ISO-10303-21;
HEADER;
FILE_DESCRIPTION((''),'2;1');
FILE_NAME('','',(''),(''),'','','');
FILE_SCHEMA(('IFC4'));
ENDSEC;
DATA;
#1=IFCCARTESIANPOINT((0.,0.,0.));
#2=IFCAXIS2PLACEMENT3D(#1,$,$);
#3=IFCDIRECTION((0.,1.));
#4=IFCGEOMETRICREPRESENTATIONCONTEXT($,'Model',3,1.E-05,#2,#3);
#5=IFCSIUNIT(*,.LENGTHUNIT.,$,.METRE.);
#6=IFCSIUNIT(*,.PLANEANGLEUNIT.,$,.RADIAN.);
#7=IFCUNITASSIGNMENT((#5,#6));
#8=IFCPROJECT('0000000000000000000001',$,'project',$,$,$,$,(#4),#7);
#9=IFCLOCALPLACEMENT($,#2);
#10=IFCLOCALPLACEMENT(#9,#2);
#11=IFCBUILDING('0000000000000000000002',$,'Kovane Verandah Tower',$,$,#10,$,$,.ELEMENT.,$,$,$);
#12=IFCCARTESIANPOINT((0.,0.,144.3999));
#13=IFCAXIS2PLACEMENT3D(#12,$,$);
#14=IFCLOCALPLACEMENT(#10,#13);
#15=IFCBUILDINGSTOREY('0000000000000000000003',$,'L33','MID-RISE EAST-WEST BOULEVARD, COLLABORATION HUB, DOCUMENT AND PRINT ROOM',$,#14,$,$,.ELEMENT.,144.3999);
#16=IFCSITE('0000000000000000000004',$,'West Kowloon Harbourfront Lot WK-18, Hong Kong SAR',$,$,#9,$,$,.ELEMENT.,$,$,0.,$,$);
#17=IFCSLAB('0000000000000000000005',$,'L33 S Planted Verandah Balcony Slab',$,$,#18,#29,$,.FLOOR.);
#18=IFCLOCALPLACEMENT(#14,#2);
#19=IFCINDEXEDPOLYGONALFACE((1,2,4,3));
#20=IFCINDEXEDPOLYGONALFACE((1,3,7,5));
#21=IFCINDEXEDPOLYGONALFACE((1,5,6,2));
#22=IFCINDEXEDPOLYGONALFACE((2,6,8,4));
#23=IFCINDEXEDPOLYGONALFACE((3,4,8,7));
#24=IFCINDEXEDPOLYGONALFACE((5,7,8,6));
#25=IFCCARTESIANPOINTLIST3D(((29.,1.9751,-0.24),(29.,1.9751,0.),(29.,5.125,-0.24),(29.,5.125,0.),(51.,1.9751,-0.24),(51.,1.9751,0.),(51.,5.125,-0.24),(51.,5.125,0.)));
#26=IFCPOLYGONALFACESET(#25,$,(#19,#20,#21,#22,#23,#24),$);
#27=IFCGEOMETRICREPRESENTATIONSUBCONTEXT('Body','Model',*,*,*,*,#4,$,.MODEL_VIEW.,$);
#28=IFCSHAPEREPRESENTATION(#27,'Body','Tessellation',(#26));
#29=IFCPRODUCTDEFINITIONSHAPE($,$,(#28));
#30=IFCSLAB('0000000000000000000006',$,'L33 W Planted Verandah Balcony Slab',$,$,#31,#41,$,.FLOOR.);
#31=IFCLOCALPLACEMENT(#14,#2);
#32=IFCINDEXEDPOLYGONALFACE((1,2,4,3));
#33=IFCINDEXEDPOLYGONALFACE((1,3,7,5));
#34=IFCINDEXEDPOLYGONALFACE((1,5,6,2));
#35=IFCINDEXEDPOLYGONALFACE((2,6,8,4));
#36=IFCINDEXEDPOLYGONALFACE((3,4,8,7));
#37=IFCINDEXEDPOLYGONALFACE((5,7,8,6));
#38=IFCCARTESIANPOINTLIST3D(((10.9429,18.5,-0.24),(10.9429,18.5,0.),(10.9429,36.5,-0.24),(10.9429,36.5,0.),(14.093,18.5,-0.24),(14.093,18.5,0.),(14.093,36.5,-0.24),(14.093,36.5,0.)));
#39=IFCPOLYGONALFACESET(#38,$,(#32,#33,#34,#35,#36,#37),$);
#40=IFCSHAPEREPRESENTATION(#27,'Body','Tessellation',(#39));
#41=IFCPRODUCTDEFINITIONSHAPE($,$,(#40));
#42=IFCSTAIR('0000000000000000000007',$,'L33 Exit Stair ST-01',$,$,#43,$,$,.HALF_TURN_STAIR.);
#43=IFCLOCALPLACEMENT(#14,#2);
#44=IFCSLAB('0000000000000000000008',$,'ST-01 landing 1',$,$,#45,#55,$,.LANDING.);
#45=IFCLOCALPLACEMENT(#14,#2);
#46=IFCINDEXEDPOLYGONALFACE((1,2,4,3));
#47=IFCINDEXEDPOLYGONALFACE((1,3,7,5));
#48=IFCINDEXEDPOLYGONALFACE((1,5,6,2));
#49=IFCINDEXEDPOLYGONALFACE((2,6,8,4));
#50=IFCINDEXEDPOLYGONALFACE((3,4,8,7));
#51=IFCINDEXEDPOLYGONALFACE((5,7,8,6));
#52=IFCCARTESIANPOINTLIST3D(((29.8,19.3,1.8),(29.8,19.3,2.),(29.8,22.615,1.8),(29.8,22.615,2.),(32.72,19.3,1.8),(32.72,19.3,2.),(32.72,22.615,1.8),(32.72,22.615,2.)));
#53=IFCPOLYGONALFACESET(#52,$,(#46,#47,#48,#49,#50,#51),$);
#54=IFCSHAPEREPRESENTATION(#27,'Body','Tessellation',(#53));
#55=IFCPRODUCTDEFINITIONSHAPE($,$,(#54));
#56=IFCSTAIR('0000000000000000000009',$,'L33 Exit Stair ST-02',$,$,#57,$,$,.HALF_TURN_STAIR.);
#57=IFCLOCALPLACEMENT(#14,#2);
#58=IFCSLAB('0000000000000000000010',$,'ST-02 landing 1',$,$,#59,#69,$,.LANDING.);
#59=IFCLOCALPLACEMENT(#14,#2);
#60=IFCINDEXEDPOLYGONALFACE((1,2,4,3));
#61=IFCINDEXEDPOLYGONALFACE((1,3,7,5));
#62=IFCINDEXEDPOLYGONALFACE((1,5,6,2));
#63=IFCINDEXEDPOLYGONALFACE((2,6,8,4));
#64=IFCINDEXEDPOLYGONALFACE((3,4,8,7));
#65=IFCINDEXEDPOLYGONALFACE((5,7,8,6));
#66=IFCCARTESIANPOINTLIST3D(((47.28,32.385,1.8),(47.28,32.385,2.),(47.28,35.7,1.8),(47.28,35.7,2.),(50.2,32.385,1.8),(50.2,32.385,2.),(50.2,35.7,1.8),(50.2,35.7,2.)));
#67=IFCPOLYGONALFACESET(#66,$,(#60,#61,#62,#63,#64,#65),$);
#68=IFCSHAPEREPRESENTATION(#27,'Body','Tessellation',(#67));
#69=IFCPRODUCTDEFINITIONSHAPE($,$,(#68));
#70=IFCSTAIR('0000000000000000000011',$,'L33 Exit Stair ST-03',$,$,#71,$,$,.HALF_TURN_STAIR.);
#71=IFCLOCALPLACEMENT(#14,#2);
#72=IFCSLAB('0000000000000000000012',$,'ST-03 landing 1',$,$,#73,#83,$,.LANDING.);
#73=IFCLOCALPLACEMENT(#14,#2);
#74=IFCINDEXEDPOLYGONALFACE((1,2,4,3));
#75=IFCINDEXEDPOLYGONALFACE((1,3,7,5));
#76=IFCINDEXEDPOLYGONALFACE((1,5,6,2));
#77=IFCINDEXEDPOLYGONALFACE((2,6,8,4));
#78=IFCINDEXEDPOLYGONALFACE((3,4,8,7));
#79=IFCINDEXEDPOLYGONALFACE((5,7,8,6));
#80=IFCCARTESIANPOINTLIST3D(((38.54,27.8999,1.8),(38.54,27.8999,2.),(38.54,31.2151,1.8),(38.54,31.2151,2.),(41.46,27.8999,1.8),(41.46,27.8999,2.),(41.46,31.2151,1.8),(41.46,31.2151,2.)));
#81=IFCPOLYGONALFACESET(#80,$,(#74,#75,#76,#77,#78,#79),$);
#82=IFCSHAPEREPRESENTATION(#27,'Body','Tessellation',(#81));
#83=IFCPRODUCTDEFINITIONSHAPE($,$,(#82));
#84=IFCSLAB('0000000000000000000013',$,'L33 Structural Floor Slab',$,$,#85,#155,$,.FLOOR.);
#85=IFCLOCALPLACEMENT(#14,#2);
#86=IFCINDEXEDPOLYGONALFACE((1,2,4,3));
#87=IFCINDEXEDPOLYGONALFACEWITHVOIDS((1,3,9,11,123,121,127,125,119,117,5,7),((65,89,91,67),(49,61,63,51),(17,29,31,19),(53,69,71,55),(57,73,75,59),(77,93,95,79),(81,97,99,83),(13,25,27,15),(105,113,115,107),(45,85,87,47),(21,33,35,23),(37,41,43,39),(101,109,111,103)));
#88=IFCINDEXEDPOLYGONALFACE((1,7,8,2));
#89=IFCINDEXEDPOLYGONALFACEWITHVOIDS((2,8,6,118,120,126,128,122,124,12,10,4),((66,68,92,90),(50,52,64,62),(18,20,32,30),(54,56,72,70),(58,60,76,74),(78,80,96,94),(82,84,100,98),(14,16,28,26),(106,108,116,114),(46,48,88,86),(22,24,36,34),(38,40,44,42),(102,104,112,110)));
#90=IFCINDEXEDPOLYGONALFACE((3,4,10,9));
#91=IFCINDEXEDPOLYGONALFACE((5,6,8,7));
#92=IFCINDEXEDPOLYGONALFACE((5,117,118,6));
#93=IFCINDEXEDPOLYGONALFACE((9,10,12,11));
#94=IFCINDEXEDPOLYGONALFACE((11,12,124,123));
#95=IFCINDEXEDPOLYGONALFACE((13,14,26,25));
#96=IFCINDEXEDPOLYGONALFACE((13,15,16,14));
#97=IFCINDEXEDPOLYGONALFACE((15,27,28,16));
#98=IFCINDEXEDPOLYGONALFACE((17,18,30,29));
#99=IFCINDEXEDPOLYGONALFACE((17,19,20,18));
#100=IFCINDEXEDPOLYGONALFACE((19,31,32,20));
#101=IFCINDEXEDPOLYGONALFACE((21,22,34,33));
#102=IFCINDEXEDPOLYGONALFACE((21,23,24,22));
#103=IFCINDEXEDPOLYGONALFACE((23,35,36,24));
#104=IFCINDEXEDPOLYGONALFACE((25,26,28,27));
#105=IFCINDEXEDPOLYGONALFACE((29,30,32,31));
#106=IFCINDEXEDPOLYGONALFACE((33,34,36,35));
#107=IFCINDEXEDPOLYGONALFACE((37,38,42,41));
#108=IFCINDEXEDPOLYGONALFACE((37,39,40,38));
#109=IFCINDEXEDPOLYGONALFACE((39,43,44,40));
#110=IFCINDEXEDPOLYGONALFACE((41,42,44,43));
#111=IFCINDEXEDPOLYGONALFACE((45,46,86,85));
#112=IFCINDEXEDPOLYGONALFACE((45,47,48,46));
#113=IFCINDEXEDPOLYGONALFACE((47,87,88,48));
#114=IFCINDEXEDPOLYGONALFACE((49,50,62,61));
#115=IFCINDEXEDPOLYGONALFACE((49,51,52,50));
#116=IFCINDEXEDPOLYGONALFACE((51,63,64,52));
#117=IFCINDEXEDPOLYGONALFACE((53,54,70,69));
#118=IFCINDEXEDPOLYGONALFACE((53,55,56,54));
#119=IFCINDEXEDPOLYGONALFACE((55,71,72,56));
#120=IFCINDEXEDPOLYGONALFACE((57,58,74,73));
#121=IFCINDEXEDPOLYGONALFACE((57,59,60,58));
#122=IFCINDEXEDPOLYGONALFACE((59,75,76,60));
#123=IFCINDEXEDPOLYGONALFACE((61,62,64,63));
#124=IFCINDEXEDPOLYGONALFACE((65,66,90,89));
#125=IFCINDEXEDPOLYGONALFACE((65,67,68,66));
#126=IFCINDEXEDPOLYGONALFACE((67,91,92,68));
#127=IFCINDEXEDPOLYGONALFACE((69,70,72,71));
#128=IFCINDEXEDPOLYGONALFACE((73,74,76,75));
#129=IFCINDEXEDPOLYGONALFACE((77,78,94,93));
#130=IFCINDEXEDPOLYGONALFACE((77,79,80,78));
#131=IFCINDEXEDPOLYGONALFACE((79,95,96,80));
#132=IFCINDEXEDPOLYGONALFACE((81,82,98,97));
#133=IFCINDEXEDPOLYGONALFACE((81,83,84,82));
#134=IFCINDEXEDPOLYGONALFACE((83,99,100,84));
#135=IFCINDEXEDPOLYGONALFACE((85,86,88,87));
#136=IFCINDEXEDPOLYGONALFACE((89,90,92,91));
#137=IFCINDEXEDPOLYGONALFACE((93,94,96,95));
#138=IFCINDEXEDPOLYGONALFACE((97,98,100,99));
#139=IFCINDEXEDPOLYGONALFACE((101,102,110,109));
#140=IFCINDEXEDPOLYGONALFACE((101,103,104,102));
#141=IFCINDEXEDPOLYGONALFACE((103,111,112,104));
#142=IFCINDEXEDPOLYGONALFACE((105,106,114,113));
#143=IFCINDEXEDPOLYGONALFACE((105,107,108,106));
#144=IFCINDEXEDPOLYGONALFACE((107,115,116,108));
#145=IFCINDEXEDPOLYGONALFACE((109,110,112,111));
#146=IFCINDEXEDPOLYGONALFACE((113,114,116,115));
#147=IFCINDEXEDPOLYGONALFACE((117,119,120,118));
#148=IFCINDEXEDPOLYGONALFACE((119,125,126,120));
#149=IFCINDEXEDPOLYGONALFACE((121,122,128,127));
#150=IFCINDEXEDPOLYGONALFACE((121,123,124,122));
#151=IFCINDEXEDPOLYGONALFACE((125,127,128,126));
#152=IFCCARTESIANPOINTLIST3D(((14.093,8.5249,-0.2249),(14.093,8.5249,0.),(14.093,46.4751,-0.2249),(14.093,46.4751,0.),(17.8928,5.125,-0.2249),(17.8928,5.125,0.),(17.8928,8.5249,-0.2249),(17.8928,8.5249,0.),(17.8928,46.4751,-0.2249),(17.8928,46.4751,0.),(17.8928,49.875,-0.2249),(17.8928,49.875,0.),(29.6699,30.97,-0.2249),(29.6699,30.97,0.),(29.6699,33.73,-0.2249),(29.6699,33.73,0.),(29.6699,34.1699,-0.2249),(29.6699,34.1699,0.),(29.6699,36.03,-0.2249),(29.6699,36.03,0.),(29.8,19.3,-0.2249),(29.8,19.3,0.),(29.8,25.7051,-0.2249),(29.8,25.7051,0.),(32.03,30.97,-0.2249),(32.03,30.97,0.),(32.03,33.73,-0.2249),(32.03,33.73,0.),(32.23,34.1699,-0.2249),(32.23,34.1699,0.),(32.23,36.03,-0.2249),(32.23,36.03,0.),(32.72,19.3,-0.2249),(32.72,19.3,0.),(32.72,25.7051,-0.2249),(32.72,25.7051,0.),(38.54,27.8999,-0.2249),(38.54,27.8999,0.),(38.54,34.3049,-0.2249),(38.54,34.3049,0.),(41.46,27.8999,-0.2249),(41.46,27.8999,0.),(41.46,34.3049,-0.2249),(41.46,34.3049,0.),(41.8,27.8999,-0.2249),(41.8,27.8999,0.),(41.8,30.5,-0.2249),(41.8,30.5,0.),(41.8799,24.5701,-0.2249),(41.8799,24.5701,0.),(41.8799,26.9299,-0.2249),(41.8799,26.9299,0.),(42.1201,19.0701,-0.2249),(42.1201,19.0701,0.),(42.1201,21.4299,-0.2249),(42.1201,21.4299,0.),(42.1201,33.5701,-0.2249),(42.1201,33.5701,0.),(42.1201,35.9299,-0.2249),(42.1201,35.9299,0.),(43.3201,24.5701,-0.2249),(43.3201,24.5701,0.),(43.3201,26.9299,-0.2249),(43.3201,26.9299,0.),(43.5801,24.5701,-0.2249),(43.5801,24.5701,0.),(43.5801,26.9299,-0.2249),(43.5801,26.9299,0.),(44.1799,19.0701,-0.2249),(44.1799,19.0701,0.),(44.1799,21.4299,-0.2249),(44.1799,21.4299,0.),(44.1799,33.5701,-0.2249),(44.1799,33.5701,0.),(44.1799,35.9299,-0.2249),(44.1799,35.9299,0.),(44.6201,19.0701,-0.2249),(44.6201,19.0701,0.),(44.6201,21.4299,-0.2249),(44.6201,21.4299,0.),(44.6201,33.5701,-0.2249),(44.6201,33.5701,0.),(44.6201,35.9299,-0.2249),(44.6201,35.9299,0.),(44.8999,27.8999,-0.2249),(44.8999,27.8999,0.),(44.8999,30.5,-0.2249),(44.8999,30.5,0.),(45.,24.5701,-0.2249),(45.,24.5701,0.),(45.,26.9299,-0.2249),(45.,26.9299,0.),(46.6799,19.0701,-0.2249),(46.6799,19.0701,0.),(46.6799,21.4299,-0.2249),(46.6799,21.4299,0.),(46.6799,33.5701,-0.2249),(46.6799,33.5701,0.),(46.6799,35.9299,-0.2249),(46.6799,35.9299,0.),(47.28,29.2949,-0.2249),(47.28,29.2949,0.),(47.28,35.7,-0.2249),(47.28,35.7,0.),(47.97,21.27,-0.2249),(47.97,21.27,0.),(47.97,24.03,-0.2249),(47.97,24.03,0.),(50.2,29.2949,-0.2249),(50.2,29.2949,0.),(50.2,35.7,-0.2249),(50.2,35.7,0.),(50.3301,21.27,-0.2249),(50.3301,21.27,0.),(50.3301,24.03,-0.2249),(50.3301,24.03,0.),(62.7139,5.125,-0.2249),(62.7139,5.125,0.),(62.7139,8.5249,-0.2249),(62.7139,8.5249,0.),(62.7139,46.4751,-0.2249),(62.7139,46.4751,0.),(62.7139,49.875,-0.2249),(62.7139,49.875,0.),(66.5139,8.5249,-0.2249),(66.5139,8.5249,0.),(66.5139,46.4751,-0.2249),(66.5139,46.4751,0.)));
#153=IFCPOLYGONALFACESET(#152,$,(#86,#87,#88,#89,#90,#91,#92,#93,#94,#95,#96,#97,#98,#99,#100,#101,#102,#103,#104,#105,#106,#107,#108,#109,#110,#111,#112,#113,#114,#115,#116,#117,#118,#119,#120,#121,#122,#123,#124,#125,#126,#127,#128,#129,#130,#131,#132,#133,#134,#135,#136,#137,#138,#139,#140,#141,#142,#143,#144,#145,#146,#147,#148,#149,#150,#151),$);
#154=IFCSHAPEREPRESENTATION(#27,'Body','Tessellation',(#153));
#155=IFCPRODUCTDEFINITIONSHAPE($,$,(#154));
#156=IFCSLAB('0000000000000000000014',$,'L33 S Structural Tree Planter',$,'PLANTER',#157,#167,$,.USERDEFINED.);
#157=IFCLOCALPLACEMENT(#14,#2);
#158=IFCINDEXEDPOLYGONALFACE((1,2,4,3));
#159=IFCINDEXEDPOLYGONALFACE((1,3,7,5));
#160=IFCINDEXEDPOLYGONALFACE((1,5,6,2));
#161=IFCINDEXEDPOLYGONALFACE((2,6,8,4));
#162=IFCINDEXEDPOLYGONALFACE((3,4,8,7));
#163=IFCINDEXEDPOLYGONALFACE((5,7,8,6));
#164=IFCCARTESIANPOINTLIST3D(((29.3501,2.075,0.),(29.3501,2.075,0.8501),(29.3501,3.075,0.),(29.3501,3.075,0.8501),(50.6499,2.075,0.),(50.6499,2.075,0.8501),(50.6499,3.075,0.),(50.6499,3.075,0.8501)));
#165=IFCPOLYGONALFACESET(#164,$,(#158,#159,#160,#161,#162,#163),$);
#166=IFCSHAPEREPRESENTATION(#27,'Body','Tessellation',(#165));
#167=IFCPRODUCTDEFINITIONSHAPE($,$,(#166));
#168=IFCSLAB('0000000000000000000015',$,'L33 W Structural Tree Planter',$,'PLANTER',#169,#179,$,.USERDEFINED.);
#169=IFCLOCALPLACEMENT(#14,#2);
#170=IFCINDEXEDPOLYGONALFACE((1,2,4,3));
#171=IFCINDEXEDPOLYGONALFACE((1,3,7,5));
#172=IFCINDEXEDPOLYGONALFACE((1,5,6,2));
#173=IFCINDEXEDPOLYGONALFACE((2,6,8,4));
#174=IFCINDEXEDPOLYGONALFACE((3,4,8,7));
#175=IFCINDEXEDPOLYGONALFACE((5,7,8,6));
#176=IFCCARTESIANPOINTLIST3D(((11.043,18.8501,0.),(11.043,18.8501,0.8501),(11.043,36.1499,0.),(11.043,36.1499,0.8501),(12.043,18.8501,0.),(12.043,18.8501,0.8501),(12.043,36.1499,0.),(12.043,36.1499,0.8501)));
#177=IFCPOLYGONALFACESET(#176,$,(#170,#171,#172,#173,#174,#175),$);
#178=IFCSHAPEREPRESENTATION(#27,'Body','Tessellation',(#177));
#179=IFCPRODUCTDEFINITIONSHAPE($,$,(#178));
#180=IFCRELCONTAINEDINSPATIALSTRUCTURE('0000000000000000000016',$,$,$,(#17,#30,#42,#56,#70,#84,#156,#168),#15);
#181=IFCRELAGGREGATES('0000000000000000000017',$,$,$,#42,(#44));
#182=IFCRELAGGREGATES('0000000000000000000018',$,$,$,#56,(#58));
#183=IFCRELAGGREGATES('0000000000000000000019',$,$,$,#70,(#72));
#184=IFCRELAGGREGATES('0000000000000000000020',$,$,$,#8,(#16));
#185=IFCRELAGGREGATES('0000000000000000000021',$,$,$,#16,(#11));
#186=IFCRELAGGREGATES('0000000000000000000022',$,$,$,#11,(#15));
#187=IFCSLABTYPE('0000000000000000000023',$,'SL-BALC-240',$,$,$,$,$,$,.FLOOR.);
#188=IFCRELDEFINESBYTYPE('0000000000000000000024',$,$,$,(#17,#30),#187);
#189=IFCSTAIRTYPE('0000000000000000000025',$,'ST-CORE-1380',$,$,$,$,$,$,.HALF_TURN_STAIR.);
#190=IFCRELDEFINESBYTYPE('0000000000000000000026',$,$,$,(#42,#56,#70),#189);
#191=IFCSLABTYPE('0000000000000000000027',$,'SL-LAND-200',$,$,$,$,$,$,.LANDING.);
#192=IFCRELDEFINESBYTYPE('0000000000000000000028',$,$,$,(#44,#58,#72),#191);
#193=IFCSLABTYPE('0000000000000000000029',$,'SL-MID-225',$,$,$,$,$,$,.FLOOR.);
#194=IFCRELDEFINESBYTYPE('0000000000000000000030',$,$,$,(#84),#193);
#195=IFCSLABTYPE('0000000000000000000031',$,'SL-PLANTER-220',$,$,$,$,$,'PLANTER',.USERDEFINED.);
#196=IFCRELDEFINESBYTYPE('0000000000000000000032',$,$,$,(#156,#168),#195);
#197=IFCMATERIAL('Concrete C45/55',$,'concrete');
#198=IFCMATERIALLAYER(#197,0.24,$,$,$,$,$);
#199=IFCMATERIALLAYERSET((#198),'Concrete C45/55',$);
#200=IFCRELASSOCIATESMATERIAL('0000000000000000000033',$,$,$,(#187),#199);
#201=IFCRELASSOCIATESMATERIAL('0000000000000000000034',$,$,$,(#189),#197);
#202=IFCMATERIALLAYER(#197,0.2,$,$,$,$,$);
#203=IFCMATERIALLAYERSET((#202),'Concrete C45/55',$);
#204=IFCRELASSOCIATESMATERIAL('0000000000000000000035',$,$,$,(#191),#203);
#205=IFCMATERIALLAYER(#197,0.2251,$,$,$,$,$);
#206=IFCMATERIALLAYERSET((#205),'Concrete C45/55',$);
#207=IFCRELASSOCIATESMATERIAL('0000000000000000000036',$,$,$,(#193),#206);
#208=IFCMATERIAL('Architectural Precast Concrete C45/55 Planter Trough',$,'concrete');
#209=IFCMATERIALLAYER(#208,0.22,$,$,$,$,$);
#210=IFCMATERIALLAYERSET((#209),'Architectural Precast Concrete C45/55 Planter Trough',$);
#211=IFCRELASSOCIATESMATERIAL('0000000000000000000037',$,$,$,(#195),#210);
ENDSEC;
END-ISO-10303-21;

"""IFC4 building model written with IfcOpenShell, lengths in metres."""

from ifc_helpers import new_model, si_unit, direction, frame, origin, place, context, subcontext, project, spatial, polyline, outline, extrude, material, layer, layer_set, type_object, element, aggregate, save


model = new_model("IFC4")

# Units and contexts
model_context = context("Model", 3, precision=1e-05, world=origin(), true_north=direction((0.0, 1.0)))
body_context = subcontext(model_context, "Body", "Model", "MODEL_VIEW")
ifc_project = project(units=[si_unit("LENGTHUNIT", "METRE"), si_unit("PLANEANGLEUNIT", "RADIAN")], contexts=[model_context])

# Site, building, storey
site_placement = place(None, origin())
site = spatial("IfcSite", under=ifc_project, at=site_placement, Name="West Kowloon Harbourfront Lot WK-18, Hong Kong SAR", CompositionType="ELEMENT", RefElevation=0.0)
building_placement = place(site_placement, origin())
building = spatial("IfcBuilding", under=site, at=building_placement, Name="Kovane Verandah Tower", CompositionType="ELEMENT")
storey_placement = place(building_placement, frame((0.0, 0.0, 144.3999)))
storey = spatial("IfcBuildingStorey", under=building, at=storey_placement, Name="L33", Description="MID-RISE EAST-WEST BOULEVARD, COLLABORATION HUB, DOCUMENT AND PRINT ROOM", CompositionType="ELEMENT", Elevation=144.3999)

# Slabs
ifc_material_1 = material(Name="Concrete C45/55", Category="concrete")
ifc_layer_1 = layer(ifc_material_1, 0.24)
ifc_layer_set_1 = layer_set([ifc_layer_1], Name="Concrete C45/55")
slab_type_1 = type_object("IfcSlabType", Name="SL-BALC-240", PredefinedType="FLOOR", material=ifc_layer_set_1)
slab_1_placement = place(storey_placement, frame((0.0, 0.0, -0.24)))
element("IfcSlab", 1, at=slab_1_placement, inside=storey, type_object=slab_type_1, Name="L33 S Planted Verandah Balcony Slab", PredefinedType="FLOOR", context=body_context, shape_type="SweptSolid", body=[
    extrude(outline(polyline([(29.0, 1.9751), (51.0, 1.9751), (51.0, 5.125), (29.0, 5.125), (29.0, 1.9751)])), origin(), (0.0, 0.0, 1.0), 0.24),
])
slab_2_placement = place(storey_placement, frame((0.0, 0.0, -0.24)))
element("IfcSlab", 2, at=slab_2_placement, inside=storey, type_object=slab_type_1, Name="L33 W Planted Verandah Balcony Slab", PredefinedType="FLOOR", context=body_context, shape_type="SweptSolid", body=[
    extrude(outline(polyline([(10.9429, 18.5), (14.093, 18.5), (14.093, 36.5), (10.9429, 36.5), (10.9429, 18.5)])), origin(), (0.0, 0.0, 1.0), 0.24),
])

# Stairs, slabs
stair_type = type_object("IfcStairType", Name="ST-CORE-1380", PredefinedType="HALF_TURN_STAIR", material=ifc_material_1)
stair_1_placement = place(storey_placement, origin())
stair_1 = element("IfcStair", 3, at=stair_1_placement, inside=storey, type_object=stair_type, Name="L33 Exit Stair ST-01", PredefinedType="HALF_TURN_STAIR")
ifc_layer_2 = layer(ifc_material_1, 0.2)
ifc_layer_set_2 = layer_set([ifc_layer_2], Name="Concrete C45/55")
slab_type_2 = type_object("IfcSlabType", Name="SL-LAND-200", PredefinedType="LANDING", material=ifc_layer_set_2)
slab_3_placement = place(storey_placement, frame((0.0, 0.0, 1.8)))
slab_3 = element("IfcSlab", 4, at=slab_3_placement, type_object=slab_type_2, Name="ST-01 landing 1", PredefinedType="LANDING", context=body_context, shape_type="SweptSolid", body=[
    extrude(outline(polyline([(29.8, 22.615), (29.8, 19.3), (32.72, 19.3), (32.72, 22.615), (29.8, 22.615)])), origin(), (0.0, 0.0, 1.0), 0.2),
])
aggregate(stair_1, [slab_3])
stair_2_placement = place(storey_placement, origin())
stair_2 = element("IfcStair", 5, at=stair_2_placement, inside=storey, type_object=stair_type, Name="L33 Exit Stair ST-02", PredefinedType="HALF_TURN_STAIR")
slab_4_placement = place(storey_placement, frame((0.0, 0.0, 1.8)))
slab_4 = element("IfcSlab", 6, at=slab_4_placement, type_object=slab_type_2, Name="ST-02 landing 1", PredefinedType="LANDING", context=body_context, shape_type="SweptSolid", body=[
    extrude(outline(polyline([(50.2, 32.385), (50.2, 35.7), (47.28, 35.7), (47.28, 32.385), (50.2, 32.385)])), origin(), (0.0, 0.0, 1.0), 0.2),
])
aggregate(stair_2, [slab_4])
stair_3_placement = place(storey_placement, origin())
stair_3 = element("IfcStair", 7, at=stair_3_placement, inside=storey, type_object=stair_type, Name="L33 Exit Stair ST-03", PredefinedType="HALF_TURN_STAIR")
slab_5_placement = place(storey_placement, frame((0.0, 0.0, 1.8)))
slab_5 = element("IfcSlab", 8, at=slab_5_placement, type_object=slab_type_2, Name="ST-03 landing 1", PredefinedType="LANDING", context=body_context, shape_type="SweptSolid", body=[
    extrude(outline(polyline([(38.54, 31.2151), (38.54, 27.8999), (41.46, 27.8999), (41.46, 31.2151), (38.54, 31.2151)])), origin(), (0.0, 0.0, 1.0), 0.2),
])
aggregate(stair_3, [slab_5])

# Slabs
ifc_layer_3 = layer(ifc_material_1, 0.2251)
ifc_layer_set_3 = layer_set([ifc_layer_3], Name="Concrete C45/55")
slab_type_3 = type_object("IfcSlabType", Name="SL-MID-225", PredefinedType="FLOOR", material=ifc_layer_set_3)
slab_6_placement = place(storey_placement, frame((0.0, 0.0, -0.2249)))
element("IfcSlab", 9, at=slab_6_placement, inside=storey, type_object=slab_type_3, Name="L33 Structural Floor Slab", PredefinedType="FLOOR", context=body_context, shape_type="SweptSolid", body=[
    extrude(outline(polyline([(17.8928, 5.125), (62.7139, 5.125), (62.7139, 8.5249), (66.5139, 8.5249), (66.5139, 46.4751), (62.7139, 46.4751), (62.7139, 49.875), (17.8928, 49.875), (17.8928, 46.4751), (14.093, 46.4751), (14.093, 8.5249), (17.8928, 8.5249), (17.8928, 5.125)]), holes=[polyline([(29.8, 19.3), (32.72, 19.3), (32.72, 25.7051), (29.8, 25.7051), (29.8, 19.3)]), polyline([(47.28, 29.2949), (50.2, 29.2949), (50.2, 35.7), (47.28, 35.7), (47.28, 29.2949)]), polyline([(38.54, 27.8999), (41.46, 27.8999), (41.46, 34.3049), (38.54, 34.3049), (38.54, 27.8999)]), polyline([(29.6699, 30.97), (32.03, 30.97), (32.03, 33.73), (29.6699, 33.73), (29.6699, 30.97)]), polyline([(47.97, 21.27), (50.3301, 21.27), (50.3301, 24.03), (47.97, 24.03), (47.97, 21.27)]), polyline([(29.6699, 34.1699), (32.23, 34.1699), (32.23, 36.03), (29.6699, 36.03), (29.6699, 34.1699)]), polyline([(42.1201, 19.0701), (44.1799, 19.0701), (44.1799, 21.4299), (42.1201, 21.4299), (42.1201, 19.0701)]), polyline([(44.6201, 19.0701), (46.6799, 19.0701), (46.6799, 21.4299), (44.6201, 21.4299), (44.6201, 19.0701)]), polyline([(41.8799, 24.5701), (43.3201, 24.5701), (43.3201, 26.9299), (41.8799, 26.9299), (41.8799, 24.5701)]), polyline([(43.5801, 24.5701), (45.0, 24.5701), (45.0, 26.9299), (43.5801, 26.9299), (43.5801, 24.5701)]), polyline([(42.1201, 33.5701), (44.1799, 33.5701), (44.1799, 35.9299), (42.1201, 35.9299), (42.1201, 33.5701)]), polyline([(44.6201, 33.5701), (46.6799, 33.5701), (46.6799, 35.9299), (44.6201, 35.9299), (44.6201, 33.5701)]), polyline([(41.8, 27.8999), (44.8999, 27.8999), (44.8999, 30.5), (41.8, 30.5), (41.8, 27.8999)])]), origin(), (0.0, 0.0, 1.0), 0.2249),
])
ifc_material_2 = material(Name="Architectural Precast Concrete C45/55 Planter Trough", Category="concrete")
ifc_layer_4 = layer(ifc_material_2, 0.22)
ifc_layer_set_4 = layer_set([ifc_layer_4], Name="Architectural Precast Concrete C45/55 Planter Trough")
slab_type_4 = type_object("IfcSlabType", Name="SL-PLANTER-220", ElementType="PLANTER", PredefinedType="USERDEFINED", material=ifc_layer_set_4)
slab_7_placement = place(storey_placement, origin())
element("IfcSlab", 10, at=slab_7_placement, inside=storey, type_object=slab_type_4, Name="L33 S Structural Tree Planter", ObjectType="PLANTER", PredefinedType="USERDEFINED", context=body_context, shape_type="SweptSolid", body=[
    extrude(outline(polyline([(29.3501, 2.075), (50.6499, 2.075), (50.6499, 3.075), (29.3501, 3.075), (29.3501, 2.075)])), origin(), (0.0, 0.0, 1.0), 0.8501),
])
slab_8_placement = place(storey_placement, origin())
element("IfcSlab", 11, at=slab_8_placement, inside=storey, type_object=slab_type_4, Name="L33 W Structural Tree Planter", ObjectType="PLANTER", PredefinedType="USERDEFINED", context=body_context, shape_type="SweptSolid", body=[
    extrude(outline(polyline([(11.043, 18.8501), (12.043, 18.8501), (12.043, 36.1499), (11.043, 36.1499), (11.043, 18.8501)])), origin(), (0.0, 0.0, 1.0), 0.8501),
])

save(model, "model.ifc")
